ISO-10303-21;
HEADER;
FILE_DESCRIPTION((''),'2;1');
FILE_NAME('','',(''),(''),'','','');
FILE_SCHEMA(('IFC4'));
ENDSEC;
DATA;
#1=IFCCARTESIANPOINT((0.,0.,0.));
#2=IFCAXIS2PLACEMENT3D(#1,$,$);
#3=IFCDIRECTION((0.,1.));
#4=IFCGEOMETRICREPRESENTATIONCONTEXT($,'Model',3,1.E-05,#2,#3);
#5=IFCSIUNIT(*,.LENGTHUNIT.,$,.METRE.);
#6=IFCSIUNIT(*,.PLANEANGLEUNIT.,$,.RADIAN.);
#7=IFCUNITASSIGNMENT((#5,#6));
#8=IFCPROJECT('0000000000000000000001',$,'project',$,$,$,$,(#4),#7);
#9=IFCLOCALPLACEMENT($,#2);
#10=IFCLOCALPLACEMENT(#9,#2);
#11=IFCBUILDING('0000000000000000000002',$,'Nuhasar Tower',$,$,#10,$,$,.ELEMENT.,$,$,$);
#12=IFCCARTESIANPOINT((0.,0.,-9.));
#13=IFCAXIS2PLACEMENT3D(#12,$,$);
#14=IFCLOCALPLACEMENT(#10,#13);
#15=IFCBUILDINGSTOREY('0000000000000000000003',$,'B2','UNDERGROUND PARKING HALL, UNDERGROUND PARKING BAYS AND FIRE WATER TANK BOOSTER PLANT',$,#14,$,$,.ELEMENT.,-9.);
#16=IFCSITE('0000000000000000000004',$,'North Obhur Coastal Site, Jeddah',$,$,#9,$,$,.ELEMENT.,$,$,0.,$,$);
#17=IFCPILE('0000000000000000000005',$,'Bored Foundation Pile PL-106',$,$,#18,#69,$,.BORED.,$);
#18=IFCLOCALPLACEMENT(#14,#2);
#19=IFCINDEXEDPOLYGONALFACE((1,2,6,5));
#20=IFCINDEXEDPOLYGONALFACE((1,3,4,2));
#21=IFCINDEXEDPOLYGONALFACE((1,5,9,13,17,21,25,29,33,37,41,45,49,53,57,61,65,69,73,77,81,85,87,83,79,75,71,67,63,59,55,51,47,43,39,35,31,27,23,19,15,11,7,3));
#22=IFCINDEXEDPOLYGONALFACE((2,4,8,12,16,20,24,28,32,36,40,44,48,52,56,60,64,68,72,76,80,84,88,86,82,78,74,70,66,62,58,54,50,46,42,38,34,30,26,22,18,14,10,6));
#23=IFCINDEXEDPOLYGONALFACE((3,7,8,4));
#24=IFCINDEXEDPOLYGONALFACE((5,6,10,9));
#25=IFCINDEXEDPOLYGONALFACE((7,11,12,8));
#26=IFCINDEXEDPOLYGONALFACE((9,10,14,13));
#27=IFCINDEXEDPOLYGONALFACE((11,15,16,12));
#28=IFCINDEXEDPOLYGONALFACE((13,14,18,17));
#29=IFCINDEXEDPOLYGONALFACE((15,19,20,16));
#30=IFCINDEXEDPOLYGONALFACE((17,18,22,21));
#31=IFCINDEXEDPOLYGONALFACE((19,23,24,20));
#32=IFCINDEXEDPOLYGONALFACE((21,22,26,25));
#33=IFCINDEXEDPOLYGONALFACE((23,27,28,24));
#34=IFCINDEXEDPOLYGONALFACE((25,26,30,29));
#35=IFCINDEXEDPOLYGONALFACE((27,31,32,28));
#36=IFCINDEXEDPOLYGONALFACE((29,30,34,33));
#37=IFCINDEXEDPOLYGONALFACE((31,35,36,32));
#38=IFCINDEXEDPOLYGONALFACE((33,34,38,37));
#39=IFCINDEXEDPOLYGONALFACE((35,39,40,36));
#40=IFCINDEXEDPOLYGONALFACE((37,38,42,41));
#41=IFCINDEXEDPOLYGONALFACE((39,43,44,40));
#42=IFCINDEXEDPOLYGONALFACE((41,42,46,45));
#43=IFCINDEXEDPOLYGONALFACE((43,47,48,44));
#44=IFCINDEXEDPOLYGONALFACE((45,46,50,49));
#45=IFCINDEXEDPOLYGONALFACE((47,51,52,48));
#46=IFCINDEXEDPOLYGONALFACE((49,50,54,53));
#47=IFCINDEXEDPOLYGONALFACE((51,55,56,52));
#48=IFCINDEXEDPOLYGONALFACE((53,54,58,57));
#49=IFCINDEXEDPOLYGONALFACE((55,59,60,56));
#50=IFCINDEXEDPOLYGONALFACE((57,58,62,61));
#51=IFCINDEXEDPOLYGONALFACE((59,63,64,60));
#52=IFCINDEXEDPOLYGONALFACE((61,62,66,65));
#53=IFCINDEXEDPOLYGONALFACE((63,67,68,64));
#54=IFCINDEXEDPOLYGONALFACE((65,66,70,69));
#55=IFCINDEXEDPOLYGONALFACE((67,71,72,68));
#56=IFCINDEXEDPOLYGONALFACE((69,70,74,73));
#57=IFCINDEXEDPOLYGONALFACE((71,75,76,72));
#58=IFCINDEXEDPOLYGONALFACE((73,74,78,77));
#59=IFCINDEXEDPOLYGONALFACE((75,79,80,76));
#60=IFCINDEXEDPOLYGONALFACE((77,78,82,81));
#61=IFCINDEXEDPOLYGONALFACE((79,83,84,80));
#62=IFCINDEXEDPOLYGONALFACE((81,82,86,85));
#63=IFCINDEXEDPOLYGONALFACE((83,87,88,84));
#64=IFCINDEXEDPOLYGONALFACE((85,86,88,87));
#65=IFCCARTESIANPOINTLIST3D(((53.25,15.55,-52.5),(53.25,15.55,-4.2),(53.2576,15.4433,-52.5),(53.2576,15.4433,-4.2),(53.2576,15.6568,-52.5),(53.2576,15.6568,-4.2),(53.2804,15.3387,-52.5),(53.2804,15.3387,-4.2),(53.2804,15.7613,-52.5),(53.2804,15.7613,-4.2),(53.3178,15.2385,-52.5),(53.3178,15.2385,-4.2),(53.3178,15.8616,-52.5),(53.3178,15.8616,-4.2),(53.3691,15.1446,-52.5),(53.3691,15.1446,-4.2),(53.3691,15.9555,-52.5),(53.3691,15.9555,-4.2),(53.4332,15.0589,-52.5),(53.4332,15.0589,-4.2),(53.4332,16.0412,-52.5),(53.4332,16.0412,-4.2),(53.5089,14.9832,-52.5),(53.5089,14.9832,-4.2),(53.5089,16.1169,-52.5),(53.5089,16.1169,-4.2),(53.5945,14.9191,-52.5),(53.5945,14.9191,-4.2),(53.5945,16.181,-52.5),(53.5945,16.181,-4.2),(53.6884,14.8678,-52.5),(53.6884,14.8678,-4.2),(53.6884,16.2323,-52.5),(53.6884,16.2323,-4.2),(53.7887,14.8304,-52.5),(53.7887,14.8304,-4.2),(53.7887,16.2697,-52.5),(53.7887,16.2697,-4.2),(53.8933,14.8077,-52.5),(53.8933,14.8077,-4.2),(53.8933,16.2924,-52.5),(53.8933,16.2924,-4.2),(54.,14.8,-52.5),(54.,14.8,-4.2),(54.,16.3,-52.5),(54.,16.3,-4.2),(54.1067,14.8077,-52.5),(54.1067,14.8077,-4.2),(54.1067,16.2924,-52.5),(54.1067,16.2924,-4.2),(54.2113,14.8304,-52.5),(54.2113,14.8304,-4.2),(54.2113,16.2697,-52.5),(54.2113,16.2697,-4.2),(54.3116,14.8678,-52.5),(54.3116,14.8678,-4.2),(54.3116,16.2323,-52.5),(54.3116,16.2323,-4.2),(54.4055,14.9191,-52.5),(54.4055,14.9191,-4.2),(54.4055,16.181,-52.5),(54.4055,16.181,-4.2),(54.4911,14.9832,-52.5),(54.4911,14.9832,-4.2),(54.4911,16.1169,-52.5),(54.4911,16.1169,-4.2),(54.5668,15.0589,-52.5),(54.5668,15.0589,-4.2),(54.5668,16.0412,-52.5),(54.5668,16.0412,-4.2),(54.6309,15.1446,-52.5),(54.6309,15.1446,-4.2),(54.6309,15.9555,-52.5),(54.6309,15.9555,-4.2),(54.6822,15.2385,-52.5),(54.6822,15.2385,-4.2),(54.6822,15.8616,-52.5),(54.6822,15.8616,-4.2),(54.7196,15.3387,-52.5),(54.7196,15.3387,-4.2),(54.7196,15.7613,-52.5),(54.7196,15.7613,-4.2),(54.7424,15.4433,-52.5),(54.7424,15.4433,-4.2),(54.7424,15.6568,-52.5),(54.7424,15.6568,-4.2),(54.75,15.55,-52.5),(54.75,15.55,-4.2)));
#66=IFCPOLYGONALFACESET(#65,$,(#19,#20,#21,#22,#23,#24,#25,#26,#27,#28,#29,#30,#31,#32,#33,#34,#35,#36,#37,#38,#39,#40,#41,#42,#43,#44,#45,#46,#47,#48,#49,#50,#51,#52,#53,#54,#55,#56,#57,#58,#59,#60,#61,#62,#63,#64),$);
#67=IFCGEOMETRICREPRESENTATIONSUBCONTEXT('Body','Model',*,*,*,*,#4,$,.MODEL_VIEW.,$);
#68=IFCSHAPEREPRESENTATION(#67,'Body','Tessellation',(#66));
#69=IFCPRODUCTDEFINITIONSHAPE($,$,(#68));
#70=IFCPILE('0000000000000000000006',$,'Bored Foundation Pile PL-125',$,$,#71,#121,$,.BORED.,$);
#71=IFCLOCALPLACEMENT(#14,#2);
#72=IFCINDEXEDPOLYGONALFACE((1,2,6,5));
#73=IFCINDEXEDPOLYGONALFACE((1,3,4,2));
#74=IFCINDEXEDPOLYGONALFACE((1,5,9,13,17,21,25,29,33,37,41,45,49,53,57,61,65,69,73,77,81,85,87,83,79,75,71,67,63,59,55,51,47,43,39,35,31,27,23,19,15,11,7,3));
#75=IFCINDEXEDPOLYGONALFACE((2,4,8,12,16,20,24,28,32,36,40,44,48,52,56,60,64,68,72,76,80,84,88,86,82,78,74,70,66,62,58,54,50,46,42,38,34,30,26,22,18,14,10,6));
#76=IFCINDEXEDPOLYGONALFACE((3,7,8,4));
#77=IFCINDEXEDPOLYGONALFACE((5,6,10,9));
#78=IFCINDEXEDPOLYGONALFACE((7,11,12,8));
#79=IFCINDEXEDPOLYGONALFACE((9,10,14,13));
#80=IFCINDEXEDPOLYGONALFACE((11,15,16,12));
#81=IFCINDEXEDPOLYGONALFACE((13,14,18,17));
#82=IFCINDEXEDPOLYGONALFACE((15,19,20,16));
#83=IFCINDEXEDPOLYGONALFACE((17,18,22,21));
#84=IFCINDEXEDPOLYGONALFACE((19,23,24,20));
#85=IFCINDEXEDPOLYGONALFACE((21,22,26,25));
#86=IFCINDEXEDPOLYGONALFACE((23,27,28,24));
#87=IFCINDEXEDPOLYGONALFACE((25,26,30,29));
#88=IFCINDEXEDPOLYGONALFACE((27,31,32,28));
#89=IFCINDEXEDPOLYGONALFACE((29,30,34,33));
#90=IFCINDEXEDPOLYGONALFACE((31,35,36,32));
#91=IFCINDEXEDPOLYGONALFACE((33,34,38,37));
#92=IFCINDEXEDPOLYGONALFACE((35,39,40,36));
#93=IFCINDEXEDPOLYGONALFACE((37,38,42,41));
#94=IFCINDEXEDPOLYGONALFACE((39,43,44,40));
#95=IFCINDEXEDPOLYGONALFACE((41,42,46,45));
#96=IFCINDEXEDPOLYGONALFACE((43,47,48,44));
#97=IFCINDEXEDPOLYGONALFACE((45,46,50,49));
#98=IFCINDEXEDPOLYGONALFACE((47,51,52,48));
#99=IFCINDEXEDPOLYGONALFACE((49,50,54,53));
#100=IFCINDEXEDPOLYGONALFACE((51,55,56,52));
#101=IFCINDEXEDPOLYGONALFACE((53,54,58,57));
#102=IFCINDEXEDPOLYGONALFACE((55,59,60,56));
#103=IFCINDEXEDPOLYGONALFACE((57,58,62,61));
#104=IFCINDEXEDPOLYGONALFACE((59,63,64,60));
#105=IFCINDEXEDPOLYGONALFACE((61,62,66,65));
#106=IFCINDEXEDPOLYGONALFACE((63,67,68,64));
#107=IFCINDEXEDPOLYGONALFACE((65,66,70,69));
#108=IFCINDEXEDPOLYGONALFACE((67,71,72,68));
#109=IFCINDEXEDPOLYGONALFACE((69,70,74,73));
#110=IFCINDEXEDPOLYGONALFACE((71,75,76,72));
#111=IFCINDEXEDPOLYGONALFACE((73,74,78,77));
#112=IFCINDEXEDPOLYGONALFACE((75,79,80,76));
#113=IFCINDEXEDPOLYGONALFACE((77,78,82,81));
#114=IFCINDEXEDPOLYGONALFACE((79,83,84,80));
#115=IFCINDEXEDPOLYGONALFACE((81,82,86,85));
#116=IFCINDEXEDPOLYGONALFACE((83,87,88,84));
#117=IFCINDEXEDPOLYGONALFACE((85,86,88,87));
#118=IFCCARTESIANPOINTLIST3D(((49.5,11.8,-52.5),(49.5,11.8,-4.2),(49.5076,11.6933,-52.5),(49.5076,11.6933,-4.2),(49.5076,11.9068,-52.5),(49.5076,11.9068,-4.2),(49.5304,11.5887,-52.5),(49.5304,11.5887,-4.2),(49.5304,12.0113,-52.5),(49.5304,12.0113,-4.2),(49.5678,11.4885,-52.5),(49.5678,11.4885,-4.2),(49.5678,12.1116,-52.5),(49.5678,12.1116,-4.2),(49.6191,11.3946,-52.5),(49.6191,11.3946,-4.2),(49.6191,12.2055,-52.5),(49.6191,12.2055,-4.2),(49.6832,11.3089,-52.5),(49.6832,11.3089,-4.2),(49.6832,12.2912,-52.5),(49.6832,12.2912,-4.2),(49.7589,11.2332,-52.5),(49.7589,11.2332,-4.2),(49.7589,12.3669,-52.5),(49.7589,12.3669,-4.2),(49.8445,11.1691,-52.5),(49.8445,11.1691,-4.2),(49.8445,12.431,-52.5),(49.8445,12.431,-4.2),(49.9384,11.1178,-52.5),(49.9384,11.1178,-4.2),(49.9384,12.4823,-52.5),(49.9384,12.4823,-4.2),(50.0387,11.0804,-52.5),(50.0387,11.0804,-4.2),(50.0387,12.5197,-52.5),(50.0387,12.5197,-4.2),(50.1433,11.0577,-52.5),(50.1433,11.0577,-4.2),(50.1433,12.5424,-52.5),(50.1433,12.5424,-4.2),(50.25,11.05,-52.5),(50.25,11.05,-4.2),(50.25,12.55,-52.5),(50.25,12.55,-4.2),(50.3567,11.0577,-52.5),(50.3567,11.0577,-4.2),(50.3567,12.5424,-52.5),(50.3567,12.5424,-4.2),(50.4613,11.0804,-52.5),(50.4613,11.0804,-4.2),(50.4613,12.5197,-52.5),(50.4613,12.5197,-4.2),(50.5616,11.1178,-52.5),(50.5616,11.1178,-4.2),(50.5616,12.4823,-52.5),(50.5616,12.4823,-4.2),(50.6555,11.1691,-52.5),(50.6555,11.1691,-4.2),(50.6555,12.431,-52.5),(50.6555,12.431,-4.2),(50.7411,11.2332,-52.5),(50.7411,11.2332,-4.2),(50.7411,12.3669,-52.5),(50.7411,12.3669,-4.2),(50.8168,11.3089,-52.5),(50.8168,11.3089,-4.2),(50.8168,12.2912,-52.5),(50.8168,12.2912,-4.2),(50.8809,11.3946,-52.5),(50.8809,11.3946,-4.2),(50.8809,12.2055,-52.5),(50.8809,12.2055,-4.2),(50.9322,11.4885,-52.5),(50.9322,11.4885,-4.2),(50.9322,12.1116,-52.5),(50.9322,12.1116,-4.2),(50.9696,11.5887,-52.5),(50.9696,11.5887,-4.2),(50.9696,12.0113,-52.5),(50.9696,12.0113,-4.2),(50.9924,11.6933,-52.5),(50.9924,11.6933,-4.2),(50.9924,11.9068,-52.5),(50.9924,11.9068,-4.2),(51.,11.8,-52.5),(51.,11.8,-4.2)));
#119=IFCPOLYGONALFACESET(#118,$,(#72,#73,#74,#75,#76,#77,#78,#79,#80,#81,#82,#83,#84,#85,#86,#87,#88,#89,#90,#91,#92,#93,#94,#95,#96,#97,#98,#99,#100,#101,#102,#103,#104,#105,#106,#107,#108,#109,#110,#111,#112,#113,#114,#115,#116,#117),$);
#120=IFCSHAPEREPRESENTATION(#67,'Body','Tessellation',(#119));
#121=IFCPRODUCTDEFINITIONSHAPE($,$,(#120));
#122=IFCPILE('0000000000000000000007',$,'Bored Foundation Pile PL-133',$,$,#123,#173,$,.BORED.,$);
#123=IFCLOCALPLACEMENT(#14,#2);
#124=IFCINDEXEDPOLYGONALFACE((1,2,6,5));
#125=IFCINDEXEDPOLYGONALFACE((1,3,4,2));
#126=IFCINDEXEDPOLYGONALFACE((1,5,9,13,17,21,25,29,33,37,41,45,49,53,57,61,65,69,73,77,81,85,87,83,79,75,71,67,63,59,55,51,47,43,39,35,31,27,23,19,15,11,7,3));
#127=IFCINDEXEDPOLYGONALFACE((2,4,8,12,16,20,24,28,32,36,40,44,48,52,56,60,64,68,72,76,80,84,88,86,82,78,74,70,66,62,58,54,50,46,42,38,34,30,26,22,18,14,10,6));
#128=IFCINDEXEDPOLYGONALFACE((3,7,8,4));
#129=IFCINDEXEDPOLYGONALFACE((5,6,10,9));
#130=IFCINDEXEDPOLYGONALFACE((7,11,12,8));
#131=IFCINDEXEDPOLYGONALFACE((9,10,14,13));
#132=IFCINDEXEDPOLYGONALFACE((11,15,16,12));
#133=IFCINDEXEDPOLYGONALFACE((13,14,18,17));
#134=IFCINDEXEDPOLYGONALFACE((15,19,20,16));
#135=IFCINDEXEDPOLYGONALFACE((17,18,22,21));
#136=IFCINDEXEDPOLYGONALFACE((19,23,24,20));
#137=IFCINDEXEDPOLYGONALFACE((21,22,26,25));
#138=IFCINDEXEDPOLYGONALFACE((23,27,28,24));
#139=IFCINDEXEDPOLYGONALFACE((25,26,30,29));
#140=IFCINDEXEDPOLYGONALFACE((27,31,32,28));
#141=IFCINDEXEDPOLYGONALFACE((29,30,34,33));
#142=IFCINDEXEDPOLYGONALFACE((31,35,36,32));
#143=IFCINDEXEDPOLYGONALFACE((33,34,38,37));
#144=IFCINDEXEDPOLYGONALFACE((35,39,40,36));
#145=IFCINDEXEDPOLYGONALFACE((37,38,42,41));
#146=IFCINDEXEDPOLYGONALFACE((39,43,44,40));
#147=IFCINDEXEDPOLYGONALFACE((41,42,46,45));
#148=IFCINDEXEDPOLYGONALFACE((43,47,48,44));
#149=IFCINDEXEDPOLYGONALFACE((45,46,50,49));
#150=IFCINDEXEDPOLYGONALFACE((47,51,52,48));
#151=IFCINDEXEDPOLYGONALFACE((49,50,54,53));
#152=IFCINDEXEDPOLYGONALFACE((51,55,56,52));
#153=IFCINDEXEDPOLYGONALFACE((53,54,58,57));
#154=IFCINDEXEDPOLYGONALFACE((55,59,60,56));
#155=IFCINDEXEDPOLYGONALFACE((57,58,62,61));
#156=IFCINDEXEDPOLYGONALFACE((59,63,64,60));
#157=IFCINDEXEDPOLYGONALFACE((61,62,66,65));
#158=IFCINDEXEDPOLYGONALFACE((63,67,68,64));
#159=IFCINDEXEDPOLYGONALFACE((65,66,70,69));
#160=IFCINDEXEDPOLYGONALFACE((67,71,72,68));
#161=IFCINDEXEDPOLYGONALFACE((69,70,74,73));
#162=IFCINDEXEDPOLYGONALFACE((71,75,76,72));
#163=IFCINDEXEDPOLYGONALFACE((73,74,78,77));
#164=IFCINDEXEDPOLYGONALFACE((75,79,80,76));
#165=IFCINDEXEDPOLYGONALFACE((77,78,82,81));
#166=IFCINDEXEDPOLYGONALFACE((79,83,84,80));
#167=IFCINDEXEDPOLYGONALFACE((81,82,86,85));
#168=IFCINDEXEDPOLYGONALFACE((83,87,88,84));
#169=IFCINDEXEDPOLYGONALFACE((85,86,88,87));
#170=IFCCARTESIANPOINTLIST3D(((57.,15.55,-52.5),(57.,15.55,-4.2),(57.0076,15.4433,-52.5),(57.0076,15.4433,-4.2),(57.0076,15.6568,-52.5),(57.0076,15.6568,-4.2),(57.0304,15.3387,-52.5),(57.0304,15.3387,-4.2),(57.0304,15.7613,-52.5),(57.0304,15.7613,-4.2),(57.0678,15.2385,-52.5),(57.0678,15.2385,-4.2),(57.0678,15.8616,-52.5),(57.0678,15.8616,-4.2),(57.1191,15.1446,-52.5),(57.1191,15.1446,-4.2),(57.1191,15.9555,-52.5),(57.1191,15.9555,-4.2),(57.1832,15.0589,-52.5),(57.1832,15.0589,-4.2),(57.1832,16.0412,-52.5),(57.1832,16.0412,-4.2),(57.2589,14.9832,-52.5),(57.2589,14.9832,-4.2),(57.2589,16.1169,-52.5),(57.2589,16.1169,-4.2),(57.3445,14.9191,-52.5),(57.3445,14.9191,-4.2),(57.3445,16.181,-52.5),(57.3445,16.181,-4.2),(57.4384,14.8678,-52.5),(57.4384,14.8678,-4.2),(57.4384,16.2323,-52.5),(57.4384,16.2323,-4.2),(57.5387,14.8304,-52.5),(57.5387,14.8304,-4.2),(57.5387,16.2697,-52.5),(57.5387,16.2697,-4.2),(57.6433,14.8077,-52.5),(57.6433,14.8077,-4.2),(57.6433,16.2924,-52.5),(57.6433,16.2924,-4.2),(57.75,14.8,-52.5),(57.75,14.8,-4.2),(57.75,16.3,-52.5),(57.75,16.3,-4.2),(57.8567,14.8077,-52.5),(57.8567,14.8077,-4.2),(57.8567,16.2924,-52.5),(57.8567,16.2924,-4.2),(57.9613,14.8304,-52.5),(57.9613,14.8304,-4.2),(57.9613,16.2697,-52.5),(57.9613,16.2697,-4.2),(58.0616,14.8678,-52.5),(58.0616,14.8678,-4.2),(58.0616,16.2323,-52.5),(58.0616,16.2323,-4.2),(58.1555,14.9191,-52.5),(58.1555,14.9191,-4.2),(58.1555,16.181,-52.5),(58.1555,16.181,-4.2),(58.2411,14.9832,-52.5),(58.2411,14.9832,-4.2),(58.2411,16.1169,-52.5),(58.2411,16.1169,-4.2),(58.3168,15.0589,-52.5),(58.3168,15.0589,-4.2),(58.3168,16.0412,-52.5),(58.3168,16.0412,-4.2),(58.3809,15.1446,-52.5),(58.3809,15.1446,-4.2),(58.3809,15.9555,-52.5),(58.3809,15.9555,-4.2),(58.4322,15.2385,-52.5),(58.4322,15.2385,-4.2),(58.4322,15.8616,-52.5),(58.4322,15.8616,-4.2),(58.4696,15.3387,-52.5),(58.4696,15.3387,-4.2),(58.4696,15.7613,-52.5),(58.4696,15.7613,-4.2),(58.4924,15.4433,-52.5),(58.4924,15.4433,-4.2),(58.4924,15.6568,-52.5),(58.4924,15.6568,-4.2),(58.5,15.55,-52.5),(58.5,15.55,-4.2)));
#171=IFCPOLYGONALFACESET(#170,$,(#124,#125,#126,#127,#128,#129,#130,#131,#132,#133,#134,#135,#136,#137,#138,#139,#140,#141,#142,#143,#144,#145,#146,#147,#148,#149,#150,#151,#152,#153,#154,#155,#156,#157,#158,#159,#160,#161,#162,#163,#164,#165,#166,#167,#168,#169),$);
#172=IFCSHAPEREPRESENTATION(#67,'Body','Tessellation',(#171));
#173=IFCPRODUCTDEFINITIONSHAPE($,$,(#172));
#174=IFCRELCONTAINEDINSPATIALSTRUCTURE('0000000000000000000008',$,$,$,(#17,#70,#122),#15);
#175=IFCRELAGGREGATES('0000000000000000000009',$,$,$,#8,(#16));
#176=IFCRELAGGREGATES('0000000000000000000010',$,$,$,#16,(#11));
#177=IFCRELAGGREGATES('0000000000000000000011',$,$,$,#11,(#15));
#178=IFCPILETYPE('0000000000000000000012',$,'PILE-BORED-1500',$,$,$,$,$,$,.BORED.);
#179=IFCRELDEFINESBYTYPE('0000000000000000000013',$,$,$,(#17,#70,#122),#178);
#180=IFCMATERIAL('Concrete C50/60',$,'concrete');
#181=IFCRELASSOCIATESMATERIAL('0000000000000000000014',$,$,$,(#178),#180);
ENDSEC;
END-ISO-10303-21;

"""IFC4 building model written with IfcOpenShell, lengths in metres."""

from ifc_helpers import new_model, si_unit, direction, frame, origin, origin_2d, place, context, subcontext, project, spatial, circle, extrude, material, material_profile, profile_set, type_object, element, save


model = new_model("IFC4")

# Units and contexts
model_context = context("Model", 3, precision=1e-05, world=origin(), true_north=direction((0.0, 1.0)))
body_context = subcontext(model_context, "Body", "Model", "MODEL_VIEW")
ifc_project = project(units=[si_unit("LENGTHUNIT", "METRE"), si_unit("PLANEANGLEUNIT", "RADIAN")], contexts=[model_context])

# Site, building, storey
site_placement = place(None, origin())
site = spatial("IfcSite", under=ifc_project, at=site_placement, Name="North Obhur Coastal Site, Jeddah", CompositionType="ELEMENT", RefElevation=0.0)
building_placement = place(site_placement, origin())
building = spatial("IfcBuilding", under=site, at=building_placement, Name="Nuhasar Tower", CompositionType="ELEMENT")
storey_placement = place(building_placement, frame((0.0, 0.0, -9.0)))
storey = spatial("IfcBuildingStorey", under=building, at=storey_placement, Name="B2", Description="UNDERGROUND PARKING HALL, UNDERGROUND PARKING BAYS AND FIRE WATER TANK BOOSTER PLANT", CompositionType="ELEMENT", Elevation=-9.0)

# Piles
ifc_material_1 = material(Name="Concrete C50/60", Category="concrete")
ifc_material_profile_1 = material_profile(ifc_material_1, circle(Radius=0.75, at=origin_2d()), Name="PILE1500")
ifc_profile_set_1 = profile_set([ifc_material_profile_1], Name="Concrete C50/60")
pile_type = type_object("IfcPileType", Name="PILE-BORED-1500", PredefinedType="BORED", material=ifc_profile_set_1)
for number, where, z_axis, x_axis, name in (
    (1, (54.0, 15.55, -4.2), (0.0, 0.0, -1.0), (1.0, 0.0, 0.0), "Bored Foundation Pile PL-106"),
    (2, (50.25, 11.8, -4.2), (0.0, 0.0, -1.0), (1.0, 0.0, 0.0), "Bored Foundation Pile PL-125"),
    (3, (57.75, 15.55, -4.2), (0.0, 0.0, -1.0), (1.0, 0.0, 0.0), "Bored Foundation Pile PL-133"),
):
    element("IfcPile", number, at=place(storey_placement, frame(where, z_axis=z_axis, x_axis=x_axis)), inside=storey, type_object=pile_type, Name=name, PredefinedType="BORED", context=body_context, shape_type="SweptSolid", body=[
        extrude(circle(Radius=0.75, at=origin_2d()), origin(), (0.0, 0.0, 1.0), 48.3),
    ])

save(model, "model.ifc")
